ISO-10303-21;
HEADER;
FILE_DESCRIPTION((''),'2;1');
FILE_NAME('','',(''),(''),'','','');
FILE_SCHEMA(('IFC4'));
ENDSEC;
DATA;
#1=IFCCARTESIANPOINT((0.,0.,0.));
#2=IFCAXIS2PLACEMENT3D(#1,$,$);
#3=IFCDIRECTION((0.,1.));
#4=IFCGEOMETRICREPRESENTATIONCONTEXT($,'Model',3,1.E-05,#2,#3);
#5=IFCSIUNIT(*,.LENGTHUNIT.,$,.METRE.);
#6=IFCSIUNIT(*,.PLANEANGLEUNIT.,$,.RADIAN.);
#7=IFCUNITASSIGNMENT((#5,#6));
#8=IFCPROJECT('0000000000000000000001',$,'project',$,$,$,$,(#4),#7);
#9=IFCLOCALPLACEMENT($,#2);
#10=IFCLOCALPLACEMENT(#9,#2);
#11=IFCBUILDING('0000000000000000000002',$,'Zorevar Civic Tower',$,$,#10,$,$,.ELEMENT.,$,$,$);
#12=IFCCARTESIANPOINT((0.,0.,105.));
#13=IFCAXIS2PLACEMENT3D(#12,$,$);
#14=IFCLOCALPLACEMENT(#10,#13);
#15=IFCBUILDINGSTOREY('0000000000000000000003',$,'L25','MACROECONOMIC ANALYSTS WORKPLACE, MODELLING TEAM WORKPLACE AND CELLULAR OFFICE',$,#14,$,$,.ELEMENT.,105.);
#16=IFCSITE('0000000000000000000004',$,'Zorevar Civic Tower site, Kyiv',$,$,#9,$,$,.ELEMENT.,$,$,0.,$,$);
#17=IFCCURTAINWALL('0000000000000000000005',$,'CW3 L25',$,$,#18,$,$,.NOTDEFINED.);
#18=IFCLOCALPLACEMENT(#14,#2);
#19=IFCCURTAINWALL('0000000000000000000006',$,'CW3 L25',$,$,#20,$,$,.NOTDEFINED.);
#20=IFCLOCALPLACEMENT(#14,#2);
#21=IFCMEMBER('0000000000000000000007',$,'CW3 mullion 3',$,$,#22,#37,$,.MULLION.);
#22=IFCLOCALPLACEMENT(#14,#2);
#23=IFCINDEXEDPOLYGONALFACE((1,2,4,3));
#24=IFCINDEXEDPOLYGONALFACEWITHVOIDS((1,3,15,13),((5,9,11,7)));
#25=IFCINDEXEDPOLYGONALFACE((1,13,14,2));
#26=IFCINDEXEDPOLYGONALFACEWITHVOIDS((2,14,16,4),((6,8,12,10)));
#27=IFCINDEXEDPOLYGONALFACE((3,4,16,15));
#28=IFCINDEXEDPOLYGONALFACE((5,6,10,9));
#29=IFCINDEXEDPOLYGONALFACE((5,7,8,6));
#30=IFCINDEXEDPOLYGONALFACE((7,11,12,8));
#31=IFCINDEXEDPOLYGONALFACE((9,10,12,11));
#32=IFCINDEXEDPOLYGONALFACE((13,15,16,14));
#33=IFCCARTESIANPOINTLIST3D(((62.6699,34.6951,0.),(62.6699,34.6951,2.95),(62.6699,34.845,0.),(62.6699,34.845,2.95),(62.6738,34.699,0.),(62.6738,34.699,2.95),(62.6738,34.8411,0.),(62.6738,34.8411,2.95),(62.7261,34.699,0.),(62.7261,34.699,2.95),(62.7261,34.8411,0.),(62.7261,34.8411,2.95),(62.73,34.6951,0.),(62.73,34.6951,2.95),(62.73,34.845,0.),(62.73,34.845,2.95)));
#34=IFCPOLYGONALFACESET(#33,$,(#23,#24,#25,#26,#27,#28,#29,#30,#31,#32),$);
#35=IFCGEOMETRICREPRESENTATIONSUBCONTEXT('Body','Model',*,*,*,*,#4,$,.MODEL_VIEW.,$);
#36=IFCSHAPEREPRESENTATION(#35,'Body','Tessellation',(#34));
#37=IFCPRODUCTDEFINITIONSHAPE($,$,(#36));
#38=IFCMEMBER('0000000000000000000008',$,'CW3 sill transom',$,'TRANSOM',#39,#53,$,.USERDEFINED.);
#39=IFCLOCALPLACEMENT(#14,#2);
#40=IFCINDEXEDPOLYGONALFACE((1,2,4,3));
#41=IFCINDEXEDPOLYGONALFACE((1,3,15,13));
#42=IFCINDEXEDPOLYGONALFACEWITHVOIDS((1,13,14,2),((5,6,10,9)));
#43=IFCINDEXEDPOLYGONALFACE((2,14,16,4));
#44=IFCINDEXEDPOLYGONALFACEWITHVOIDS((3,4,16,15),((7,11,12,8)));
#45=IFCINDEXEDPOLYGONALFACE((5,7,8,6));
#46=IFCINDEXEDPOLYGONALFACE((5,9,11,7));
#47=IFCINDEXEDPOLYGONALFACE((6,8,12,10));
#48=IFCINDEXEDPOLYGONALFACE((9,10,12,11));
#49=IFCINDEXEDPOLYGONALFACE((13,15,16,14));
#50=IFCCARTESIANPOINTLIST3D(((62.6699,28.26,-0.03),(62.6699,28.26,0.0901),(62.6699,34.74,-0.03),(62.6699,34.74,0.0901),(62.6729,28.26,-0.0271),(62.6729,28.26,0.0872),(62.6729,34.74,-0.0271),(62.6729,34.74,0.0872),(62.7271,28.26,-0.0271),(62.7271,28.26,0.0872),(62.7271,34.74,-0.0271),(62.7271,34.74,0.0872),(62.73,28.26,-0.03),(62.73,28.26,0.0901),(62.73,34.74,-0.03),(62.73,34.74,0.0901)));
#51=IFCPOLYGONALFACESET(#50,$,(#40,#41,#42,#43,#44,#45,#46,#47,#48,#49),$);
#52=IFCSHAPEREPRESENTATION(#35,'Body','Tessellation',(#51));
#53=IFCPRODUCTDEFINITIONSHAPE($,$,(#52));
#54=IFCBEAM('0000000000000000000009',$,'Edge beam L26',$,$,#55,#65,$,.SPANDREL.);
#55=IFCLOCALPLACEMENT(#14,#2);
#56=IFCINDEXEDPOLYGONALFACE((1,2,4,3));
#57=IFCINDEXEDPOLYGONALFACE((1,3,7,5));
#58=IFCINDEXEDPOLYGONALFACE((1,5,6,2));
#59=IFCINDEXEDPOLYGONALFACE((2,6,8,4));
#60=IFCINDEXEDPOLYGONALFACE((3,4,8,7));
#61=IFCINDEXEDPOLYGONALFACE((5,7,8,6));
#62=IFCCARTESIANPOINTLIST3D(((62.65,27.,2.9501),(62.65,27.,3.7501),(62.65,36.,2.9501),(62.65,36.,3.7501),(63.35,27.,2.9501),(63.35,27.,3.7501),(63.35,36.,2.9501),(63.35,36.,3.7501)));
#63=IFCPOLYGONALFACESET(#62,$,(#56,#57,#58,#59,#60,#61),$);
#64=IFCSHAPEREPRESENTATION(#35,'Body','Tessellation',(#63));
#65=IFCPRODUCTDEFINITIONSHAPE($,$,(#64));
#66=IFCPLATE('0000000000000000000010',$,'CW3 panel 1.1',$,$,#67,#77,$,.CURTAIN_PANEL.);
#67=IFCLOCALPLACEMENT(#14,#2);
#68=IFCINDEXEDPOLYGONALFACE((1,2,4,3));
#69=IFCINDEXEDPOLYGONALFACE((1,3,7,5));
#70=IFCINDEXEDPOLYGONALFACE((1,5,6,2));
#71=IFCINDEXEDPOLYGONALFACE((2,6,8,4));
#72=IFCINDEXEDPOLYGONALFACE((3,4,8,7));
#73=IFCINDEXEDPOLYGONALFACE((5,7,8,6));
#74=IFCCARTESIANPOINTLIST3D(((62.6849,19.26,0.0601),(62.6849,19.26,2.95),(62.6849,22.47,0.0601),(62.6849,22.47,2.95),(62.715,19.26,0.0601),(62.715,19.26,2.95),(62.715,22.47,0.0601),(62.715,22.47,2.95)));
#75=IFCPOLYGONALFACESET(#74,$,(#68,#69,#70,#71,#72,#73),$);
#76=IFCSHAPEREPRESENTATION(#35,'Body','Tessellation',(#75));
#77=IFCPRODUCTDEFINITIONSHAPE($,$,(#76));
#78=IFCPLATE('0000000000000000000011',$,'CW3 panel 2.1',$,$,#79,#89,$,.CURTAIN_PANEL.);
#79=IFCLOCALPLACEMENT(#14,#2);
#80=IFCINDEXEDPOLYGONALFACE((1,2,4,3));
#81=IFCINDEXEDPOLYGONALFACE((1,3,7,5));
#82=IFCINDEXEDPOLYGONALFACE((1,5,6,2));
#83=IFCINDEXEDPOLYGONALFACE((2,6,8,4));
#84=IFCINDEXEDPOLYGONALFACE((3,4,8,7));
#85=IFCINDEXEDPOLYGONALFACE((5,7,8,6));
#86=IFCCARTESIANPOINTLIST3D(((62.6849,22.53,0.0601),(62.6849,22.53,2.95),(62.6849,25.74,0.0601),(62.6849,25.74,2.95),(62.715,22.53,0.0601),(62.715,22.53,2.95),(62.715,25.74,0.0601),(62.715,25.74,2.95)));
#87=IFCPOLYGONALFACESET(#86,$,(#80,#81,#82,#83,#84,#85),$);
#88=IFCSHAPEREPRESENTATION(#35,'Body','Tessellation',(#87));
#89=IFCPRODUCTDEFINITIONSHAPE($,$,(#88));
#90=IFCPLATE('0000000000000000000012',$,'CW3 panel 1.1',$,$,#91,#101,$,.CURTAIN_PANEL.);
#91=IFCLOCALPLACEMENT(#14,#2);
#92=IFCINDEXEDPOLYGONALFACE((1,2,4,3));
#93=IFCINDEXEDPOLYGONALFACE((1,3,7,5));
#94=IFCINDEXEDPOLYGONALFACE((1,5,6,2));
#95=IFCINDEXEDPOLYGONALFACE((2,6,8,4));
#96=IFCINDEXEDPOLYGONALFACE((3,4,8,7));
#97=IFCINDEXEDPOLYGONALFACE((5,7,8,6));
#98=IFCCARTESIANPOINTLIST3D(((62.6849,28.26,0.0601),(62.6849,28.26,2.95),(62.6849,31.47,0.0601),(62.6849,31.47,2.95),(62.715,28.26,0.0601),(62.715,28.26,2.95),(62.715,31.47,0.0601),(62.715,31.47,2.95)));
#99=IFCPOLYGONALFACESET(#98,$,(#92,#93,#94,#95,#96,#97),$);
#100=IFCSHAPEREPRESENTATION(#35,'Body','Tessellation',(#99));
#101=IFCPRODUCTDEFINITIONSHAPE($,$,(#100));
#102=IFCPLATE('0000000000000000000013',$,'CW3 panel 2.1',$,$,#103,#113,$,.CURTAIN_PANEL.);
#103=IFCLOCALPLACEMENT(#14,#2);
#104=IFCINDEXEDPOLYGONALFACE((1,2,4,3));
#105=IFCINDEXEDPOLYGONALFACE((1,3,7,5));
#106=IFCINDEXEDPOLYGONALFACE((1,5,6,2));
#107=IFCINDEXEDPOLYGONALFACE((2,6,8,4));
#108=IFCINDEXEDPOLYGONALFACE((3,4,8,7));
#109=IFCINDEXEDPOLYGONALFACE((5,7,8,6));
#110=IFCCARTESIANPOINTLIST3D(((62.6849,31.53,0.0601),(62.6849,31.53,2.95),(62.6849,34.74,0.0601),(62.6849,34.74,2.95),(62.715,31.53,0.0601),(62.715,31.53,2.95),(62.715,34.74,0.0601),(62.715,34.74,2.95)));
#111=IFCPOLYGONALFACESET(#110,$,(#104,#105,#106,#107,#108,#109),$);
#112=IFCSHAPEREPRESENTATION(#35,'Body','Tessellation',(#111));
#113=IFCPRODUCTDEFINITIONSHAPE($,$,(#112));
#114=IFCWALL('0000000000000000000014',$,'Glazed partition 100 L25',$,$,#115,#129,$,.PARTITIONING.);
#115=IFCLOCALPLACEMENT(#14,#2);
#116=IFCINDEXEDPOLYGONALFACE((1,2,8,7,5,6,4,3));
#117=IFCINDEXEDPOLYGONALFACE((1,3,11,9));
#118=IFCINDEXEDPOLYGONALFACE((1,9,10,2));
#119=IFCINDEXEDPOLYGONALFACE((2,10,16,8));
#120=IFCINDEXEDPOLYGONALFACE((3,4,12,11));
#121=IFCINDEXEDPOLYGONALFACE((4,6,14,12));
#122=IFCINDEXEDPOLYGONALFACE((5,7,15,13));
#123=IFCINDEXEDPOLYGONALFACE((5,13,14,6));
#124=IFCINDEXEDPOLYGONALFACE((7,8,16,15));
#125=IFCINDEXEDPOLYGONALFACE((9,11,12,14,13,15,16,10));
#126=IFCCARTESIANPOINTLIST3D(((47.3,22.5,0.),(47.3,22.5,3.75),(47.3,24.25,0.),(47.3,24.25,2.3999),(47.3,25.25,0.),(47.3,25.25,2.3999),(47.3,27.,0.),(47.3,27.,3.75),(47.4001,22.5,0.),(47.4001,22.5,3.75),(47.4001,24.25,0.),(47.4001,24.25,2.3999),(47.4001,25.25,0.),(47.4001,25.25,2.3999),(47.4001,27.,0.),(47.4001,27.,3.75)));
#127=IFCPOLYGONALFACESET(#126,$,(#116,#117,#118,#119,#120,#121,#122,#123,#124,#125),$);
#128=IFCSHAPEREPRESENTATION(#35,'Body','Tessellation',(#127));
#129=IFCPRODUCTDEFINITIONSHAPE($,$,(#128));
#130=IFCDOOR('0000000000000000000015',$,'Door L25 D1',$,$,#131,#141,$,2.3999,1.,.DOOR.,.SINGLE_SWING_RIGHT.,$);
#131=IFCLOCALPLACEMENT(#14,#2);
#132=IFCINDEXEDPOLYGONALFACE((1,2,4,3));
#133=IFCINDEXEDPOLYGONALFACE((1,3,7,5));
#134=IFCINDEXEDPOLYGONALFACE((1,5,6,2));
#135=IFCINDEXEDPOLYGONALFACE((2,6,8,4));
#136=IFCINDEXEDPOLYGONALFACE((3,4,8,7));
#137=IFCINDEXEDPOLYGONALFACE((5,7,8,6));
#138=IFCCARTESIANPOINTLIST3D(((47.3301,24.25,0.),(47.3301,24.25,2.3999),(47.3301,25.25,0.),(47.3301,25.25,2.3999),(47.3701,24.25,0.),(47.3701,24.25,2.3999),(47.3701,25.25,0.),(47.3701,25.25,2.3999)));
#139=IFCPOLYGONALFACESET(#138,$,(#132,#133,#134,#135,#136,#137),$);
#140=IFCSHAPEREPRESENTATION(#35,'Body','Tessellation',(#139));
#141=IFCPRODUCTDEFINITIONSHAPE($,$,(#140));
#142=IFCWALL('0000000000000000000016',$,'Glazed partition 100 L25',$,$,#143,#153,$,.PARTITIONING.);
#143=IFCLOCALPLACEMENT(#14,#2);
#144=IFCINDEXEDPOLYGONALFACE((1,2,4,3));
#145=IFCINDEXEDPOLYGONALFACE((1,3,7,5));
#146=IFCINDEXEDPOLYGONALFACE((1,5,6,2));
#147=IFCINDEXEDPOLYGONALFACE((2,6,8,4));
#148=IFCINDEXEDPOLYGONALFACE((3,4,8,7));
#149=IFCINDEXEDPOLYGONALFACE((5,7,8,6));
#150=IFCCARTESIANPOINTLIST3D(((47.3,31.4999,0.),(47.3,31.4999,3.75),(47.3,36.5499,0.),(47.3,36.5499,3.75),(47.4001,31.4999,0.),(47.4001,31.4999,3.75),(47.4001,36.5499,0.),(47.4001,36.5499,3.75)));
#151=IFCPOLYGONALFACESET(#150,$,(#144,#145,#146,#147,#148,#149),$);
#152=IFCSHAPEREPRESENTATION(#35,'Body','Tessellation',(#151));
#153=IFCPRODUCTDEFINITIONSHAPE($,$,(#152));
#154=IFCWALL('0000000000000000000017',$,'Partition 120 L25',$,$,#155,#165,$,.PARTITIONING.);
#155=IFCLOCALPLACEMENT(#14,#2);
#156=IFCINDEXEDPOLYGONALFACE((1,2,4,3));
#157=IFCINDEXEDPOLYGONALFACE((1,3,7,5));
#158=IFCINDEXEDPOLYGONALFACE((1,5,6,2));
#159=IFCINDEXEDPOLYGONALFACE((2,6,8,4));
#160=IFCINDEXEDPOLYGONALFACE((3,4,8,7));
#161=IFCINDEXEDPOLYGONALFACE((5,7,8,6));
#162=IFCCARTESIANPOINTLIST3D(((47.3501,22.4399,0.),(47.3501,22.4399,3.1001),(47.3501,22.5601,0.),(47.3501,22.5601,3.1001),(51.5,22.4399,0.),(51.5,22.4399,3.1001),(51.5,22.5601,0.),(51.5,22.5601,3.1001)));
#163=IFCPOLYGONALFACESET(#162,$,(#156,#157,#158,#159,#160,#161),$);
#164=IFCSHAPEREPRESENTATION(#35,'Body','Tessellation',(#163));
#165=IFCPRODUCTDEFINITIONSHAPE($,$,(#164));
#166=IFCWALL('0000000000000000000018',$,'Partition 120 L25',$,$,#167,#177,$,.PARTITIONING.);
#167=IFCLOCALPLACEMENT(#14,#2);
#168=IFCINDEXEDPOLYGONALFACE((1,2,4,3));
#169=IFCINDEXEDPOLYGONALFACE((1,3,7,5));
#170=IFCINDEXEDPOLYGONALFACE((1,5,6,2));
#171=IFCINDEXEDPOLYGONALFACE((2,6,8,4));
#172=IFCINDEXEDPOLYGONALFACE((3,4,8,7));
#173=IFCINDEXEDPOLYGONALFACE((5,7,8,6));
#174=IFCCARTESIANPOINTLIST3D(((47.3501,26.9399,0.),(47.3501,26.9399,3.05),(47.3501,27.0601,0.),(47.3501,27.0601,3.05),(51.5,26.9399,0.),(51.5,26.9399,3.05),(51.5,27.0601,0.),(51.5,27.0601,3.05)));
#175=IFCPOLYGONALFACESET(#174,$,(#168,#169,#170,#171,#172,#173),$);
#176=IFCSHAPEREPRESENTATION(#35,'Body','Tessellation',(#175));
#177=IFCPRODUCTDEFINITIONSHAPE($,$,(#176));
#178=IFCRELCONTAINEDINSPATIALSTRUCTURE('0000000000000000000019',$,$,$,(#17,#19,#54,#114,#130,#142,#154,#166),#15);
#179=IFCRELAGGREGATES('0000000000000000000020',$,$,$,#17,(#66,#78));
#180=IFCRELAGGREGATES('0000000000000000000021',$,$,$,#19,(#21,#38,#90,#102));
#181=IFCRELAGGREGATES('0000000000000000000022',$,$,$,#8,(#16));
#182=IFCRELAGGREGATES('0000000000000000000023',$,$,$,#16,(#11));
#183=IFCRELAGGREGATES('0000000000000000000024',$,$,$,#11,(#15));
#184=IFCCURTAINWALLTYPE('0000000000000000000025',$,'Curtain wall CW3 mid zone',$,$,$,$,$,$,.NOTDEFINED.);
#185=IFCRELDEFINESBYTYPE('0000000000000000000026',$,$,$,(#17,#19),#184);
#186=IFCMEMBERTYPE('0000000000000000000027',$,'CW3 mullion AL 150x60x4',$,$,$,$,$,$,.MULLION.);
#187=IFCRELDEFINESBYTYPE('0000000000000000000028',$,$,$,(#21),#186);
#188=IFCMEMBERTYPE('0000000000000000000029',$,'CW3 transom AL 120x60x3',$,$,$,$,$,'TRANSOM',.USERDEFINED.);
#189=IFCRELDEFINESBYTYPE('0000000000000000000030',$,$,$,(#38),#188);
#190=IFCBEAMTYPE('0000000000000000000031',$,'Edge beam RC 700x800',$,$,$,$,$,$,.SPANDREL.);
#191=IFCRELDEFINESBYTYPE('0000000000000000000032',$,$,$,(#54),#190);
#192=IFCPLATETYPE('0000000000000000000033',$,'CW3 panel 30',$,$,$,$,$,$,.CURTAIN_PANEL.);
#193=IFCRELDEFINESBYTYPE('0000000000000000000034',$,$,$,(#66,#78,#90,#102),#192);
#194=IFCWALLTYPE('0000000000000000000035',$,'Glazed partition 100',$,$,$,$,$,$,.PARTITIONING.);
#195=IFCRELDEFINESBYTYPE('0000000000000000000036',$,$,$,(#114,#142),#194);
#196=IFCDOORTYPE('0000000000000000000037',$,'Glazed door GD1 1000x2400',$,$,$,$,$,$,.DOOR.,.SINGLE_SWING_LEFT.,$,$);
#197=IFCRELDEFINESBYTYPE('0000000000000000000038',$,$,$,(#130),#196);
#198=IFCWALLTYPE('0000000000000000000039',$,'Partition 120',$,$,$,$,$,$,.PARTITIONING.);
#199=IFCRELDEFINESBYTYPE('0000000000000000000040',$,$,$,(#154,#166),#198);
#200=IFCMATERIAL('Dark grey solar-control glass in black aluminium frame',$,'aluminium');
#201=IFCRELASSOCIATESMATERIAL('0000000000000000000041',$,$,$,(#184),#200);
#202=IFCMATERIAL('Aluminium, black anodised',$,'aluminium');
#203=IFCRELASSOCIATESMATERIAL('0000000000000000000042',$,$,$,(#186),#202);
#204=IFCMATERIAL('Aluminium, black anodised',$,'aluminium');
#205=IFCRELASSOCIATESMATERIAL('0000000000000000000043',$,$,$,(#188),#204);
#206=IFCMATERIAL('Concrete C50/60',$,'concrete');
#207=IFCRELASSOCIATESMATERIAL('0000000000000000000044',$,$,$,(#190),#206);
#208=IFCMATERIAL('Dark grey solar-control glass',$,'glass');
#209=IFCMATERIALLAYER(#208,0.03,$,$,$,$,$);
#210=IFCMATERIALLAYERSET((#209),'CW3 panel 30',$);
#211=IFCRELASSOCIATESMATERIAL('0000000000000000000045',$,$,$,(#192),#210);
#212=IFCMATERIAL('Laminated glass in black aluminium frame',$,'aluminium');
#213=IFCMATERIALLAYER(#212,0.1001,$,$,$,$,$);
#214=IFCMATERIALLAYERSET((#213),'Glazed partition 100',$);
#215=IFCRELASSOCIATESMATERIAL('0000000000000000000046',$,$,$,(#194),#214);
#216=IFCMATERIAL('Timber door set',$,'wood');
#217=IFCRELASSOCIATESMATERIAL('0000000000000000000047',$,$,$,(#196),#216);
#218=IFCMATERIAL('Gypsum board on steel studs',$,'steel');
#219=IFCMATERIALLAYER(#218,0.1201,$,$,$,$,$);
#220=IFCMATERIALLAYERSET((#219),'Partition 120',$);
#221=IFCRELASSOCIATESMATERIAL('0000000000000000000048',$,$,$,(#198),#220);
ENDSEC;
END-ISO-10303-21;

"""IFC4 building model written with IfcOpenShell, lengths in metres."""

from ifc_helpers import new_model, si_unit, direction, frame, frame_2d, origin, origin_2d, place, context, subcontext, project, spatial, rectangle, hollow_rectangle, extrude, material, layer, layer_set, material_profile, profile_set, type_object, element, fill, aggregate, save


model = new_model("IFC4")

# Units and contexts
model_context = context("Model", 3, precision=1e-05, world=origin(), true_north=direction((0.0, 1.0)))
body_context = subcontext(model_context, "Body", "Model", "MODEL_VIEW")
ifc_project = project(units=[si_unit("LENGTHUNIT", "METRE"), si_unit("PLANEANGLEUNIT", "RADIAN")], contexts=[model_context])

# Site, building, storey
site_placement = place(None, origin())
site = spatial("IfcSite", under=ifc_project, at=site_placement, Name="Zorevar Civic Tower site, Kyiv", CompositionType="ELEMENT", RefElevation=0.0)
building_placement = place(site_placement, origin())
building = spatial("IfcBuilding", under=site, at=building_placement, Name="Zorevar Civic Tower", CompositionType="ELEMENT")
storey_placement = place(building_placement, frame((0.0, 0.0, 105.0)))
storey = spatial("IfcBuildingStorey", under=building, at=storey_placement, Name="L25", Description="MACROECONOMIC ANALYSTS WORKPLACE, MODELLING TEAM WORKPLACE AND CELLULAR OFFICE", CompositionType="ELEMENT", Elevation=105.0)

# Curtain walls, members
ifc_material_1 = material(Name="Dark grey solar-control glass in black aluminium frame", Category="aluminium")
curtain_wall_type = type_object("IfcCurtainWallType", Name="Curtain wall CW3 mid zone", PredefinedType="NOTDEFINED", material=ifc_material_1)
curtain_wall_1_placement = place(storey_placement, origin())
curtain_wall_1 = element("IfcCurtainWall", 1, at=curtain_wall_1_placement, inside=storey, type_object=curtain_wall_type, Name="CW3 L25", PredefinedType="NOTDEFINED")
ifc_material_2 = material(Name="Aluminium, black anodised", Category="aluminium")
ifc_material_profile_1 = material_profile(ifc_material_2, hollow_rectangle(XDim=0.0601, YDim=0.1499, WallThickness=0.0039, at=origin_2d()), Name="AL 150x60x4")
ifc_profile_set_1 = profile_set([ifc_material_profile_1], Name="Aluminium, black anodised")
member_type_1 = type_object("IfcMemberType", Name="CW3 mullion AL 150x60x4", PredefinedType="MULLION", material=ifc_profile_set_1)
curtain_wall_2_placement = place(storey_placement, origin())
curtain_wall_2 = element("IfcCurtainWall", 2, at=curtain_wall_2_placement, inside=storey, type_object=curtain_wall_type, Name="CW3 L25", PredefinedType="NOTDEFINED")
member_1_placement = place(storey_placement, frame((62.7, 34.77, 0.0), z_axis=(0.0, 0.0, 1.0), x_axis=(-1.0, 0.0, 0.0)))
member_1 = element("IfcMember", 3, at=member_1_placement, type_object=member_type_1, Name="CW3 mullion 3", PredefinedType="MULLION", context=body_context, shape_type="SweptSolid", body=[
    extrude(hollow_rectangle(XDim=0.0601, YDim=0.1499, WallThickness=0.0039, at=origin_2d()), origin(), (0.0, 0.0, 1.0), 2.95),
])
ifc_material_3 = material(Name="Aluminium, black anodised", Category="aluminium")
ifc_material_profile_2 = material_profile(ifc_material_3, hollow_rectangle(XDim=0.0601, YDim=0.1201, WallThickness=0.0029, at=origin_2d()), Name="AL 120x60x3")
ifc_profile_set_2 = profile_set([ifc_material_profile_2], Name="Aluminium, black anodised")
member_type_2 = type_object("IfcMemberType", Name="CW3 transom AL 120x60x3", ElementType="TRANSOM", PredefinedType="USERDEFINED", material=ifc_profile_set_2)
member_2_placement = place(storey_placement, frame((62.7, 28.26, 0.03), z_axis=(0.0, 1.0, 0.0), x_axis=(-1.0, 0.0, 0.0)))
member_2 = element("IfcMember", 4, at=member_2_placement, type_object=member_type_2, Name="CW3 sill transom", ObjectType="TRANSOM", PredefinedType="USERDEFINED", context=body_context, shape_type="SweptSolid", body=[
    extrude(hollow_rectangle(XDim=0.0601, YDim=0.1201, WallThickness=0.0029, at=origin_2d()), origin(), (0.0, 0.0, 1.0), 6.48),
])

# Beam
ifc_material_4 = material(Name="Concrete C50/60", Category="concrete")
ifc_material_profile_3 = material_profile(ifc_material_4, rectangle(XDim=0.7, YDim=0.8, at=origin_2d()), Name="RC 700x800")
ifc_profile_set_3 = profile_set([ifc_material_profile_3], Name="Concrete C50/60")
beam_type_1 = type_object("IfcBeamType", Name="Edge beam RC 700x800", PredefinedType="SPANDREL", material=ifc_profile_set_3)
beam_1_placement = place(storey_placement, frame((63.0, 27.0, 3.3501), z_axis=(0.0, 1.0, 0.0), x_axis=(-1.0, 0.0, 0.0)))
element("IfcBeam", 5, at=beam_1_placement, inside=storey, type_object=beam_type_1, Name="Edge beam L26", PredefinedType="SPANDREL", context=body_context, shape_type="SweptSolid", body=[
    extrude(rectangle(XDim=0.7, YDim=0.8, at=origin_2d()), origin(), (0.0, 0.0, 1.0), 9.0),
])

# Plates
ifc_material_5 = material(Name="Dark grey solar-control glass", Category="glass")
ifc_layer_1 = layer(ifc_material_5, 0.03)
ifc_layer_set_1 = layer_set([ifc_layer_1], Name="CW3 panel 30")
plate_type = type_object("IfcPlateType", Name="CW3 panel 30", PredefinedType="CURTAIN_PANEL", material=ifc_layer_set_1)
plate_1_placement = place(storey_placement, frame((62.7, 20.865, 0.0601), z_axis=(0.0, 0.0, 1.0), x_axis=(0.0, 1.0, 0.0)))
plate_1 = element("IfcPlate", 6, at=plate_1_placement, type_object=plate_type, Name="CW3 panel 1.1", PredefinedType="CURTAIN_PANEL", context=body_context, shape_type="SweptSolid", body=[
    extrude(rectangle(XDim=3.21, YDim=0.03, at=origin_2d()), origin(), (0.0, 0.0, 1.0), 2.8899),
])
plate_2_placement = place(storey_placement, frame((62.7, 24.135, 0.0601), z_axis=(0.0, 0.0, 1.0), x_axis=(0.0, 1.0, 0.0)))
plate_2 = element("IfcPlate", 7, at=plate_2_placement, type_object=plate_type, Name="CW3 panel 2.1", PredefinedType="CURTAIN_PANEL", context=body_context, shape_type="SweptSolid", body=[
    extrude(rectangle(XDim=3.21, YDim=0.03, at=origin_2d()), origin(), (0.0, 0.0, 1.0), 2.8899),
])
aggregate(curtain_wall_1, [plate_1, plate_2])
plate_3_placement = place(storey_placement, frame((62.7, 29.865, 0.0601), z_axis=(0.0, 0.0, 1.0), x_axis=(0.0, 1.0, 0.0)))
plate_3 = element("IfcPlate", 8, at=plate_3_placement, type_object=plate_type, Name="CW3 panel 1.1", PredefinedType="CURTAIN_PANEL", context=body_context, shape_type="SweptSolid", body=[
    extrude(rectangle(XDim=3.21, YDim=0.03, at=origin_2d()), origin(), (0.0, 0.0, 1.0), 2.8899),
])
plate_4_placement = place(storey_placement, frame((62.7, 33.135, 0.0601), z_axis=(0.0, 0.0, 1.0), x_axis=(0.0, 1.0, 0.0)))
plate_4 = element("IfcPlate", 9, at=plate_4_placement, type_object=plate_type, Name="CW3 panel 2.1", PredefinedType="CURTAIN_PANEL", context=body_context, shape_type="SweptSolid", body=[
    extrude(rectangle(XDim=3.21, YDim=0.03, at=origin_2d()), origin(), (0.0, 0.0, 1.0), 2.8899),
])
aggregate(curtain_wall_2, [member_1, member_2, plate_3, plate_4])

# Wall, opening, door
ifc_material_6 = material(Name="Laminated glass in black aluminium frame", Category="aluminium")
ifc_layer_2 = layer(ifc_material_6, 0.1001)
ifc_layer_set_2 = layer_set([ifc_layer_2], Name="Glazed partition 100")
wall_type_1 = type_object("IfcWallType", Name="Glazed partition 100", PredefinedType="PARTITIONING", material=ifc_layer_set_2)
wall_1_placement = place(storey_placement, frame((47.3501, 22.5, 0.0), z_axis=(0.0, 0.0, 1.0), x_axis=(0.0, 1.0, 0.0)))
wall_1 = element("IfcWall", 10, at=wall_1_placement, inside=storey, type_object=wall_type_1, Name="Glazed partition 100 L25", PredefinedType="PARTITIONING", context=body_context, shape_type="SweptSolid", body=[
    extrude(rectangle(XDim=4.5, YDim=0.1001, at=frame_2d((2.25, 0.0))), origin(), (0.0, 0.0, 1.0), 3.75),
])
opening_1_placement = place(wall_1_placement, frame((1.75, 0.0, 0.0)))
opening_1 = element("IfcOpeningElement", 11, at=opening_1_placement, cuts=wall_1, PredefinedType="OPENING", context=body_context, shape_type="SweptSolid", body=[
    extrude(rectangle(XDim=1.0, YDim=2.3999, at=frame_2d((0.5, 1.2))), frame((0.0, 0.0601, 0.0), z_axis=(0.0, -1.0, 0.0), x_axis=(1.0, 0.0, 0.0)), (0.0, 0.0, 1.0), 0.1201),
])
ifc_material_7 = material(Name="Timber door set", Category="wood")
door_type_1 = type_object("IfcDoorType", Name="Glazed door GD1 1000x2400", OperationType="SINGLE_SWING_LEFT", PredefinedType="DOOR", material=ifc_material_7)
door_1_placement = place(opening_1_placement, origin())
door_1 = element("IfcDoor", 12, at=door_1_placement, inside=storey, type_object=door_type_1, Name="Door L25 D1", OperationType="SINGLE_SWING_RIGHT", OverallHeight=2.3999, OverallWidth=1.0, PredefinedType="DOOR", context=body_context, shape_type="SweptSolid", body=[
    extrude(rectangle(XDim=1.0, YDim=2.3999, at=frame_2d((0.5, 1.2))), frame((0.0, 0.02, 0.0), z_axis=(0.0, -1.0, 0.0), x_axis=(1.0, 0.0, 0.0)), (0.0, 0.0, 1.0), 0.04),
])
fill(opening_1, door_1)

# Walls
wall_2_placement = place(storey_placement, frame((47.3501, 31.5, 0.0), z_axis=(0.0, 0.0, 1.0), x_axis=(0.0, 1.0, 0.0)))
element("IfcWall", 13, at=wall_2_placement, inside=storey, type_object=wall_type_1, Name="Glazed partition 100 L25", PredefinedType="PARTITIONING", context=body_context, shape_type="SweptSolid", body=[
    extrude(rectangle(XDim=5.05, YDim=0.1001, at=frame_2d((2.5249, 0.0))), origin(), (0.0, 0.0, 1.0), 3.75),
])
ifc_material_8 = material(Name="Gypsum board on steel studs", Category="steel")
ifc_layer_3 = layer(ifc_material_8, 0.1201)
ifc_layer_set_3 = layer_set([ifc_layer_3], Name="Partition 120")
wall_type_2 = type_object("IfcWallType", Name="Partition 120", PredefinedType="PARTITIONING", material=ifc_layer_set_3)
wall_3_placement = place(storey_placement, frame((47.3501, 22.5, 0.0), z_axis=(0.0, 0.0, 1.0), x_axis=(1.0, 0.0, 0.0)))
element("IfcWall", 14, at=wall_3_placement, inside=storey, type_object=wall_type_2, Name="Partition 120 L25", PredefinedType="PARTITIONING", context=body_context, shape_type="SweptSolid", body=[
    extrude(rectangle(XDim=4.1499, YDim=0.1201, at=frame_2d((2.075, 0.0))), origin(), (0.0, 0.0, 1.0), 3.1001),
])
wall_4_placement = place(storey_placement, frame((47.3501, 27.0, 0.0), z_axis=(0.0, 0.0, 1.0), x_axis=(1.0, 0.0, 0.0)))
element("IfcWall", 15, at=wall_4_placement, inside=storey, type_object=wall_type_2, Name="Partition 120 L25", PredefinedType="PARTITIONING", context=body_context, shape_type="SweptSolid", body=[
    extrude(rectangle(XDim=4.1499, YDim=0.1201, at=frame_2d((2.075, 0.0))), origin(), (0.0, 0.0, 1.0), 3.05),
])

save(model, "model.ifc")
